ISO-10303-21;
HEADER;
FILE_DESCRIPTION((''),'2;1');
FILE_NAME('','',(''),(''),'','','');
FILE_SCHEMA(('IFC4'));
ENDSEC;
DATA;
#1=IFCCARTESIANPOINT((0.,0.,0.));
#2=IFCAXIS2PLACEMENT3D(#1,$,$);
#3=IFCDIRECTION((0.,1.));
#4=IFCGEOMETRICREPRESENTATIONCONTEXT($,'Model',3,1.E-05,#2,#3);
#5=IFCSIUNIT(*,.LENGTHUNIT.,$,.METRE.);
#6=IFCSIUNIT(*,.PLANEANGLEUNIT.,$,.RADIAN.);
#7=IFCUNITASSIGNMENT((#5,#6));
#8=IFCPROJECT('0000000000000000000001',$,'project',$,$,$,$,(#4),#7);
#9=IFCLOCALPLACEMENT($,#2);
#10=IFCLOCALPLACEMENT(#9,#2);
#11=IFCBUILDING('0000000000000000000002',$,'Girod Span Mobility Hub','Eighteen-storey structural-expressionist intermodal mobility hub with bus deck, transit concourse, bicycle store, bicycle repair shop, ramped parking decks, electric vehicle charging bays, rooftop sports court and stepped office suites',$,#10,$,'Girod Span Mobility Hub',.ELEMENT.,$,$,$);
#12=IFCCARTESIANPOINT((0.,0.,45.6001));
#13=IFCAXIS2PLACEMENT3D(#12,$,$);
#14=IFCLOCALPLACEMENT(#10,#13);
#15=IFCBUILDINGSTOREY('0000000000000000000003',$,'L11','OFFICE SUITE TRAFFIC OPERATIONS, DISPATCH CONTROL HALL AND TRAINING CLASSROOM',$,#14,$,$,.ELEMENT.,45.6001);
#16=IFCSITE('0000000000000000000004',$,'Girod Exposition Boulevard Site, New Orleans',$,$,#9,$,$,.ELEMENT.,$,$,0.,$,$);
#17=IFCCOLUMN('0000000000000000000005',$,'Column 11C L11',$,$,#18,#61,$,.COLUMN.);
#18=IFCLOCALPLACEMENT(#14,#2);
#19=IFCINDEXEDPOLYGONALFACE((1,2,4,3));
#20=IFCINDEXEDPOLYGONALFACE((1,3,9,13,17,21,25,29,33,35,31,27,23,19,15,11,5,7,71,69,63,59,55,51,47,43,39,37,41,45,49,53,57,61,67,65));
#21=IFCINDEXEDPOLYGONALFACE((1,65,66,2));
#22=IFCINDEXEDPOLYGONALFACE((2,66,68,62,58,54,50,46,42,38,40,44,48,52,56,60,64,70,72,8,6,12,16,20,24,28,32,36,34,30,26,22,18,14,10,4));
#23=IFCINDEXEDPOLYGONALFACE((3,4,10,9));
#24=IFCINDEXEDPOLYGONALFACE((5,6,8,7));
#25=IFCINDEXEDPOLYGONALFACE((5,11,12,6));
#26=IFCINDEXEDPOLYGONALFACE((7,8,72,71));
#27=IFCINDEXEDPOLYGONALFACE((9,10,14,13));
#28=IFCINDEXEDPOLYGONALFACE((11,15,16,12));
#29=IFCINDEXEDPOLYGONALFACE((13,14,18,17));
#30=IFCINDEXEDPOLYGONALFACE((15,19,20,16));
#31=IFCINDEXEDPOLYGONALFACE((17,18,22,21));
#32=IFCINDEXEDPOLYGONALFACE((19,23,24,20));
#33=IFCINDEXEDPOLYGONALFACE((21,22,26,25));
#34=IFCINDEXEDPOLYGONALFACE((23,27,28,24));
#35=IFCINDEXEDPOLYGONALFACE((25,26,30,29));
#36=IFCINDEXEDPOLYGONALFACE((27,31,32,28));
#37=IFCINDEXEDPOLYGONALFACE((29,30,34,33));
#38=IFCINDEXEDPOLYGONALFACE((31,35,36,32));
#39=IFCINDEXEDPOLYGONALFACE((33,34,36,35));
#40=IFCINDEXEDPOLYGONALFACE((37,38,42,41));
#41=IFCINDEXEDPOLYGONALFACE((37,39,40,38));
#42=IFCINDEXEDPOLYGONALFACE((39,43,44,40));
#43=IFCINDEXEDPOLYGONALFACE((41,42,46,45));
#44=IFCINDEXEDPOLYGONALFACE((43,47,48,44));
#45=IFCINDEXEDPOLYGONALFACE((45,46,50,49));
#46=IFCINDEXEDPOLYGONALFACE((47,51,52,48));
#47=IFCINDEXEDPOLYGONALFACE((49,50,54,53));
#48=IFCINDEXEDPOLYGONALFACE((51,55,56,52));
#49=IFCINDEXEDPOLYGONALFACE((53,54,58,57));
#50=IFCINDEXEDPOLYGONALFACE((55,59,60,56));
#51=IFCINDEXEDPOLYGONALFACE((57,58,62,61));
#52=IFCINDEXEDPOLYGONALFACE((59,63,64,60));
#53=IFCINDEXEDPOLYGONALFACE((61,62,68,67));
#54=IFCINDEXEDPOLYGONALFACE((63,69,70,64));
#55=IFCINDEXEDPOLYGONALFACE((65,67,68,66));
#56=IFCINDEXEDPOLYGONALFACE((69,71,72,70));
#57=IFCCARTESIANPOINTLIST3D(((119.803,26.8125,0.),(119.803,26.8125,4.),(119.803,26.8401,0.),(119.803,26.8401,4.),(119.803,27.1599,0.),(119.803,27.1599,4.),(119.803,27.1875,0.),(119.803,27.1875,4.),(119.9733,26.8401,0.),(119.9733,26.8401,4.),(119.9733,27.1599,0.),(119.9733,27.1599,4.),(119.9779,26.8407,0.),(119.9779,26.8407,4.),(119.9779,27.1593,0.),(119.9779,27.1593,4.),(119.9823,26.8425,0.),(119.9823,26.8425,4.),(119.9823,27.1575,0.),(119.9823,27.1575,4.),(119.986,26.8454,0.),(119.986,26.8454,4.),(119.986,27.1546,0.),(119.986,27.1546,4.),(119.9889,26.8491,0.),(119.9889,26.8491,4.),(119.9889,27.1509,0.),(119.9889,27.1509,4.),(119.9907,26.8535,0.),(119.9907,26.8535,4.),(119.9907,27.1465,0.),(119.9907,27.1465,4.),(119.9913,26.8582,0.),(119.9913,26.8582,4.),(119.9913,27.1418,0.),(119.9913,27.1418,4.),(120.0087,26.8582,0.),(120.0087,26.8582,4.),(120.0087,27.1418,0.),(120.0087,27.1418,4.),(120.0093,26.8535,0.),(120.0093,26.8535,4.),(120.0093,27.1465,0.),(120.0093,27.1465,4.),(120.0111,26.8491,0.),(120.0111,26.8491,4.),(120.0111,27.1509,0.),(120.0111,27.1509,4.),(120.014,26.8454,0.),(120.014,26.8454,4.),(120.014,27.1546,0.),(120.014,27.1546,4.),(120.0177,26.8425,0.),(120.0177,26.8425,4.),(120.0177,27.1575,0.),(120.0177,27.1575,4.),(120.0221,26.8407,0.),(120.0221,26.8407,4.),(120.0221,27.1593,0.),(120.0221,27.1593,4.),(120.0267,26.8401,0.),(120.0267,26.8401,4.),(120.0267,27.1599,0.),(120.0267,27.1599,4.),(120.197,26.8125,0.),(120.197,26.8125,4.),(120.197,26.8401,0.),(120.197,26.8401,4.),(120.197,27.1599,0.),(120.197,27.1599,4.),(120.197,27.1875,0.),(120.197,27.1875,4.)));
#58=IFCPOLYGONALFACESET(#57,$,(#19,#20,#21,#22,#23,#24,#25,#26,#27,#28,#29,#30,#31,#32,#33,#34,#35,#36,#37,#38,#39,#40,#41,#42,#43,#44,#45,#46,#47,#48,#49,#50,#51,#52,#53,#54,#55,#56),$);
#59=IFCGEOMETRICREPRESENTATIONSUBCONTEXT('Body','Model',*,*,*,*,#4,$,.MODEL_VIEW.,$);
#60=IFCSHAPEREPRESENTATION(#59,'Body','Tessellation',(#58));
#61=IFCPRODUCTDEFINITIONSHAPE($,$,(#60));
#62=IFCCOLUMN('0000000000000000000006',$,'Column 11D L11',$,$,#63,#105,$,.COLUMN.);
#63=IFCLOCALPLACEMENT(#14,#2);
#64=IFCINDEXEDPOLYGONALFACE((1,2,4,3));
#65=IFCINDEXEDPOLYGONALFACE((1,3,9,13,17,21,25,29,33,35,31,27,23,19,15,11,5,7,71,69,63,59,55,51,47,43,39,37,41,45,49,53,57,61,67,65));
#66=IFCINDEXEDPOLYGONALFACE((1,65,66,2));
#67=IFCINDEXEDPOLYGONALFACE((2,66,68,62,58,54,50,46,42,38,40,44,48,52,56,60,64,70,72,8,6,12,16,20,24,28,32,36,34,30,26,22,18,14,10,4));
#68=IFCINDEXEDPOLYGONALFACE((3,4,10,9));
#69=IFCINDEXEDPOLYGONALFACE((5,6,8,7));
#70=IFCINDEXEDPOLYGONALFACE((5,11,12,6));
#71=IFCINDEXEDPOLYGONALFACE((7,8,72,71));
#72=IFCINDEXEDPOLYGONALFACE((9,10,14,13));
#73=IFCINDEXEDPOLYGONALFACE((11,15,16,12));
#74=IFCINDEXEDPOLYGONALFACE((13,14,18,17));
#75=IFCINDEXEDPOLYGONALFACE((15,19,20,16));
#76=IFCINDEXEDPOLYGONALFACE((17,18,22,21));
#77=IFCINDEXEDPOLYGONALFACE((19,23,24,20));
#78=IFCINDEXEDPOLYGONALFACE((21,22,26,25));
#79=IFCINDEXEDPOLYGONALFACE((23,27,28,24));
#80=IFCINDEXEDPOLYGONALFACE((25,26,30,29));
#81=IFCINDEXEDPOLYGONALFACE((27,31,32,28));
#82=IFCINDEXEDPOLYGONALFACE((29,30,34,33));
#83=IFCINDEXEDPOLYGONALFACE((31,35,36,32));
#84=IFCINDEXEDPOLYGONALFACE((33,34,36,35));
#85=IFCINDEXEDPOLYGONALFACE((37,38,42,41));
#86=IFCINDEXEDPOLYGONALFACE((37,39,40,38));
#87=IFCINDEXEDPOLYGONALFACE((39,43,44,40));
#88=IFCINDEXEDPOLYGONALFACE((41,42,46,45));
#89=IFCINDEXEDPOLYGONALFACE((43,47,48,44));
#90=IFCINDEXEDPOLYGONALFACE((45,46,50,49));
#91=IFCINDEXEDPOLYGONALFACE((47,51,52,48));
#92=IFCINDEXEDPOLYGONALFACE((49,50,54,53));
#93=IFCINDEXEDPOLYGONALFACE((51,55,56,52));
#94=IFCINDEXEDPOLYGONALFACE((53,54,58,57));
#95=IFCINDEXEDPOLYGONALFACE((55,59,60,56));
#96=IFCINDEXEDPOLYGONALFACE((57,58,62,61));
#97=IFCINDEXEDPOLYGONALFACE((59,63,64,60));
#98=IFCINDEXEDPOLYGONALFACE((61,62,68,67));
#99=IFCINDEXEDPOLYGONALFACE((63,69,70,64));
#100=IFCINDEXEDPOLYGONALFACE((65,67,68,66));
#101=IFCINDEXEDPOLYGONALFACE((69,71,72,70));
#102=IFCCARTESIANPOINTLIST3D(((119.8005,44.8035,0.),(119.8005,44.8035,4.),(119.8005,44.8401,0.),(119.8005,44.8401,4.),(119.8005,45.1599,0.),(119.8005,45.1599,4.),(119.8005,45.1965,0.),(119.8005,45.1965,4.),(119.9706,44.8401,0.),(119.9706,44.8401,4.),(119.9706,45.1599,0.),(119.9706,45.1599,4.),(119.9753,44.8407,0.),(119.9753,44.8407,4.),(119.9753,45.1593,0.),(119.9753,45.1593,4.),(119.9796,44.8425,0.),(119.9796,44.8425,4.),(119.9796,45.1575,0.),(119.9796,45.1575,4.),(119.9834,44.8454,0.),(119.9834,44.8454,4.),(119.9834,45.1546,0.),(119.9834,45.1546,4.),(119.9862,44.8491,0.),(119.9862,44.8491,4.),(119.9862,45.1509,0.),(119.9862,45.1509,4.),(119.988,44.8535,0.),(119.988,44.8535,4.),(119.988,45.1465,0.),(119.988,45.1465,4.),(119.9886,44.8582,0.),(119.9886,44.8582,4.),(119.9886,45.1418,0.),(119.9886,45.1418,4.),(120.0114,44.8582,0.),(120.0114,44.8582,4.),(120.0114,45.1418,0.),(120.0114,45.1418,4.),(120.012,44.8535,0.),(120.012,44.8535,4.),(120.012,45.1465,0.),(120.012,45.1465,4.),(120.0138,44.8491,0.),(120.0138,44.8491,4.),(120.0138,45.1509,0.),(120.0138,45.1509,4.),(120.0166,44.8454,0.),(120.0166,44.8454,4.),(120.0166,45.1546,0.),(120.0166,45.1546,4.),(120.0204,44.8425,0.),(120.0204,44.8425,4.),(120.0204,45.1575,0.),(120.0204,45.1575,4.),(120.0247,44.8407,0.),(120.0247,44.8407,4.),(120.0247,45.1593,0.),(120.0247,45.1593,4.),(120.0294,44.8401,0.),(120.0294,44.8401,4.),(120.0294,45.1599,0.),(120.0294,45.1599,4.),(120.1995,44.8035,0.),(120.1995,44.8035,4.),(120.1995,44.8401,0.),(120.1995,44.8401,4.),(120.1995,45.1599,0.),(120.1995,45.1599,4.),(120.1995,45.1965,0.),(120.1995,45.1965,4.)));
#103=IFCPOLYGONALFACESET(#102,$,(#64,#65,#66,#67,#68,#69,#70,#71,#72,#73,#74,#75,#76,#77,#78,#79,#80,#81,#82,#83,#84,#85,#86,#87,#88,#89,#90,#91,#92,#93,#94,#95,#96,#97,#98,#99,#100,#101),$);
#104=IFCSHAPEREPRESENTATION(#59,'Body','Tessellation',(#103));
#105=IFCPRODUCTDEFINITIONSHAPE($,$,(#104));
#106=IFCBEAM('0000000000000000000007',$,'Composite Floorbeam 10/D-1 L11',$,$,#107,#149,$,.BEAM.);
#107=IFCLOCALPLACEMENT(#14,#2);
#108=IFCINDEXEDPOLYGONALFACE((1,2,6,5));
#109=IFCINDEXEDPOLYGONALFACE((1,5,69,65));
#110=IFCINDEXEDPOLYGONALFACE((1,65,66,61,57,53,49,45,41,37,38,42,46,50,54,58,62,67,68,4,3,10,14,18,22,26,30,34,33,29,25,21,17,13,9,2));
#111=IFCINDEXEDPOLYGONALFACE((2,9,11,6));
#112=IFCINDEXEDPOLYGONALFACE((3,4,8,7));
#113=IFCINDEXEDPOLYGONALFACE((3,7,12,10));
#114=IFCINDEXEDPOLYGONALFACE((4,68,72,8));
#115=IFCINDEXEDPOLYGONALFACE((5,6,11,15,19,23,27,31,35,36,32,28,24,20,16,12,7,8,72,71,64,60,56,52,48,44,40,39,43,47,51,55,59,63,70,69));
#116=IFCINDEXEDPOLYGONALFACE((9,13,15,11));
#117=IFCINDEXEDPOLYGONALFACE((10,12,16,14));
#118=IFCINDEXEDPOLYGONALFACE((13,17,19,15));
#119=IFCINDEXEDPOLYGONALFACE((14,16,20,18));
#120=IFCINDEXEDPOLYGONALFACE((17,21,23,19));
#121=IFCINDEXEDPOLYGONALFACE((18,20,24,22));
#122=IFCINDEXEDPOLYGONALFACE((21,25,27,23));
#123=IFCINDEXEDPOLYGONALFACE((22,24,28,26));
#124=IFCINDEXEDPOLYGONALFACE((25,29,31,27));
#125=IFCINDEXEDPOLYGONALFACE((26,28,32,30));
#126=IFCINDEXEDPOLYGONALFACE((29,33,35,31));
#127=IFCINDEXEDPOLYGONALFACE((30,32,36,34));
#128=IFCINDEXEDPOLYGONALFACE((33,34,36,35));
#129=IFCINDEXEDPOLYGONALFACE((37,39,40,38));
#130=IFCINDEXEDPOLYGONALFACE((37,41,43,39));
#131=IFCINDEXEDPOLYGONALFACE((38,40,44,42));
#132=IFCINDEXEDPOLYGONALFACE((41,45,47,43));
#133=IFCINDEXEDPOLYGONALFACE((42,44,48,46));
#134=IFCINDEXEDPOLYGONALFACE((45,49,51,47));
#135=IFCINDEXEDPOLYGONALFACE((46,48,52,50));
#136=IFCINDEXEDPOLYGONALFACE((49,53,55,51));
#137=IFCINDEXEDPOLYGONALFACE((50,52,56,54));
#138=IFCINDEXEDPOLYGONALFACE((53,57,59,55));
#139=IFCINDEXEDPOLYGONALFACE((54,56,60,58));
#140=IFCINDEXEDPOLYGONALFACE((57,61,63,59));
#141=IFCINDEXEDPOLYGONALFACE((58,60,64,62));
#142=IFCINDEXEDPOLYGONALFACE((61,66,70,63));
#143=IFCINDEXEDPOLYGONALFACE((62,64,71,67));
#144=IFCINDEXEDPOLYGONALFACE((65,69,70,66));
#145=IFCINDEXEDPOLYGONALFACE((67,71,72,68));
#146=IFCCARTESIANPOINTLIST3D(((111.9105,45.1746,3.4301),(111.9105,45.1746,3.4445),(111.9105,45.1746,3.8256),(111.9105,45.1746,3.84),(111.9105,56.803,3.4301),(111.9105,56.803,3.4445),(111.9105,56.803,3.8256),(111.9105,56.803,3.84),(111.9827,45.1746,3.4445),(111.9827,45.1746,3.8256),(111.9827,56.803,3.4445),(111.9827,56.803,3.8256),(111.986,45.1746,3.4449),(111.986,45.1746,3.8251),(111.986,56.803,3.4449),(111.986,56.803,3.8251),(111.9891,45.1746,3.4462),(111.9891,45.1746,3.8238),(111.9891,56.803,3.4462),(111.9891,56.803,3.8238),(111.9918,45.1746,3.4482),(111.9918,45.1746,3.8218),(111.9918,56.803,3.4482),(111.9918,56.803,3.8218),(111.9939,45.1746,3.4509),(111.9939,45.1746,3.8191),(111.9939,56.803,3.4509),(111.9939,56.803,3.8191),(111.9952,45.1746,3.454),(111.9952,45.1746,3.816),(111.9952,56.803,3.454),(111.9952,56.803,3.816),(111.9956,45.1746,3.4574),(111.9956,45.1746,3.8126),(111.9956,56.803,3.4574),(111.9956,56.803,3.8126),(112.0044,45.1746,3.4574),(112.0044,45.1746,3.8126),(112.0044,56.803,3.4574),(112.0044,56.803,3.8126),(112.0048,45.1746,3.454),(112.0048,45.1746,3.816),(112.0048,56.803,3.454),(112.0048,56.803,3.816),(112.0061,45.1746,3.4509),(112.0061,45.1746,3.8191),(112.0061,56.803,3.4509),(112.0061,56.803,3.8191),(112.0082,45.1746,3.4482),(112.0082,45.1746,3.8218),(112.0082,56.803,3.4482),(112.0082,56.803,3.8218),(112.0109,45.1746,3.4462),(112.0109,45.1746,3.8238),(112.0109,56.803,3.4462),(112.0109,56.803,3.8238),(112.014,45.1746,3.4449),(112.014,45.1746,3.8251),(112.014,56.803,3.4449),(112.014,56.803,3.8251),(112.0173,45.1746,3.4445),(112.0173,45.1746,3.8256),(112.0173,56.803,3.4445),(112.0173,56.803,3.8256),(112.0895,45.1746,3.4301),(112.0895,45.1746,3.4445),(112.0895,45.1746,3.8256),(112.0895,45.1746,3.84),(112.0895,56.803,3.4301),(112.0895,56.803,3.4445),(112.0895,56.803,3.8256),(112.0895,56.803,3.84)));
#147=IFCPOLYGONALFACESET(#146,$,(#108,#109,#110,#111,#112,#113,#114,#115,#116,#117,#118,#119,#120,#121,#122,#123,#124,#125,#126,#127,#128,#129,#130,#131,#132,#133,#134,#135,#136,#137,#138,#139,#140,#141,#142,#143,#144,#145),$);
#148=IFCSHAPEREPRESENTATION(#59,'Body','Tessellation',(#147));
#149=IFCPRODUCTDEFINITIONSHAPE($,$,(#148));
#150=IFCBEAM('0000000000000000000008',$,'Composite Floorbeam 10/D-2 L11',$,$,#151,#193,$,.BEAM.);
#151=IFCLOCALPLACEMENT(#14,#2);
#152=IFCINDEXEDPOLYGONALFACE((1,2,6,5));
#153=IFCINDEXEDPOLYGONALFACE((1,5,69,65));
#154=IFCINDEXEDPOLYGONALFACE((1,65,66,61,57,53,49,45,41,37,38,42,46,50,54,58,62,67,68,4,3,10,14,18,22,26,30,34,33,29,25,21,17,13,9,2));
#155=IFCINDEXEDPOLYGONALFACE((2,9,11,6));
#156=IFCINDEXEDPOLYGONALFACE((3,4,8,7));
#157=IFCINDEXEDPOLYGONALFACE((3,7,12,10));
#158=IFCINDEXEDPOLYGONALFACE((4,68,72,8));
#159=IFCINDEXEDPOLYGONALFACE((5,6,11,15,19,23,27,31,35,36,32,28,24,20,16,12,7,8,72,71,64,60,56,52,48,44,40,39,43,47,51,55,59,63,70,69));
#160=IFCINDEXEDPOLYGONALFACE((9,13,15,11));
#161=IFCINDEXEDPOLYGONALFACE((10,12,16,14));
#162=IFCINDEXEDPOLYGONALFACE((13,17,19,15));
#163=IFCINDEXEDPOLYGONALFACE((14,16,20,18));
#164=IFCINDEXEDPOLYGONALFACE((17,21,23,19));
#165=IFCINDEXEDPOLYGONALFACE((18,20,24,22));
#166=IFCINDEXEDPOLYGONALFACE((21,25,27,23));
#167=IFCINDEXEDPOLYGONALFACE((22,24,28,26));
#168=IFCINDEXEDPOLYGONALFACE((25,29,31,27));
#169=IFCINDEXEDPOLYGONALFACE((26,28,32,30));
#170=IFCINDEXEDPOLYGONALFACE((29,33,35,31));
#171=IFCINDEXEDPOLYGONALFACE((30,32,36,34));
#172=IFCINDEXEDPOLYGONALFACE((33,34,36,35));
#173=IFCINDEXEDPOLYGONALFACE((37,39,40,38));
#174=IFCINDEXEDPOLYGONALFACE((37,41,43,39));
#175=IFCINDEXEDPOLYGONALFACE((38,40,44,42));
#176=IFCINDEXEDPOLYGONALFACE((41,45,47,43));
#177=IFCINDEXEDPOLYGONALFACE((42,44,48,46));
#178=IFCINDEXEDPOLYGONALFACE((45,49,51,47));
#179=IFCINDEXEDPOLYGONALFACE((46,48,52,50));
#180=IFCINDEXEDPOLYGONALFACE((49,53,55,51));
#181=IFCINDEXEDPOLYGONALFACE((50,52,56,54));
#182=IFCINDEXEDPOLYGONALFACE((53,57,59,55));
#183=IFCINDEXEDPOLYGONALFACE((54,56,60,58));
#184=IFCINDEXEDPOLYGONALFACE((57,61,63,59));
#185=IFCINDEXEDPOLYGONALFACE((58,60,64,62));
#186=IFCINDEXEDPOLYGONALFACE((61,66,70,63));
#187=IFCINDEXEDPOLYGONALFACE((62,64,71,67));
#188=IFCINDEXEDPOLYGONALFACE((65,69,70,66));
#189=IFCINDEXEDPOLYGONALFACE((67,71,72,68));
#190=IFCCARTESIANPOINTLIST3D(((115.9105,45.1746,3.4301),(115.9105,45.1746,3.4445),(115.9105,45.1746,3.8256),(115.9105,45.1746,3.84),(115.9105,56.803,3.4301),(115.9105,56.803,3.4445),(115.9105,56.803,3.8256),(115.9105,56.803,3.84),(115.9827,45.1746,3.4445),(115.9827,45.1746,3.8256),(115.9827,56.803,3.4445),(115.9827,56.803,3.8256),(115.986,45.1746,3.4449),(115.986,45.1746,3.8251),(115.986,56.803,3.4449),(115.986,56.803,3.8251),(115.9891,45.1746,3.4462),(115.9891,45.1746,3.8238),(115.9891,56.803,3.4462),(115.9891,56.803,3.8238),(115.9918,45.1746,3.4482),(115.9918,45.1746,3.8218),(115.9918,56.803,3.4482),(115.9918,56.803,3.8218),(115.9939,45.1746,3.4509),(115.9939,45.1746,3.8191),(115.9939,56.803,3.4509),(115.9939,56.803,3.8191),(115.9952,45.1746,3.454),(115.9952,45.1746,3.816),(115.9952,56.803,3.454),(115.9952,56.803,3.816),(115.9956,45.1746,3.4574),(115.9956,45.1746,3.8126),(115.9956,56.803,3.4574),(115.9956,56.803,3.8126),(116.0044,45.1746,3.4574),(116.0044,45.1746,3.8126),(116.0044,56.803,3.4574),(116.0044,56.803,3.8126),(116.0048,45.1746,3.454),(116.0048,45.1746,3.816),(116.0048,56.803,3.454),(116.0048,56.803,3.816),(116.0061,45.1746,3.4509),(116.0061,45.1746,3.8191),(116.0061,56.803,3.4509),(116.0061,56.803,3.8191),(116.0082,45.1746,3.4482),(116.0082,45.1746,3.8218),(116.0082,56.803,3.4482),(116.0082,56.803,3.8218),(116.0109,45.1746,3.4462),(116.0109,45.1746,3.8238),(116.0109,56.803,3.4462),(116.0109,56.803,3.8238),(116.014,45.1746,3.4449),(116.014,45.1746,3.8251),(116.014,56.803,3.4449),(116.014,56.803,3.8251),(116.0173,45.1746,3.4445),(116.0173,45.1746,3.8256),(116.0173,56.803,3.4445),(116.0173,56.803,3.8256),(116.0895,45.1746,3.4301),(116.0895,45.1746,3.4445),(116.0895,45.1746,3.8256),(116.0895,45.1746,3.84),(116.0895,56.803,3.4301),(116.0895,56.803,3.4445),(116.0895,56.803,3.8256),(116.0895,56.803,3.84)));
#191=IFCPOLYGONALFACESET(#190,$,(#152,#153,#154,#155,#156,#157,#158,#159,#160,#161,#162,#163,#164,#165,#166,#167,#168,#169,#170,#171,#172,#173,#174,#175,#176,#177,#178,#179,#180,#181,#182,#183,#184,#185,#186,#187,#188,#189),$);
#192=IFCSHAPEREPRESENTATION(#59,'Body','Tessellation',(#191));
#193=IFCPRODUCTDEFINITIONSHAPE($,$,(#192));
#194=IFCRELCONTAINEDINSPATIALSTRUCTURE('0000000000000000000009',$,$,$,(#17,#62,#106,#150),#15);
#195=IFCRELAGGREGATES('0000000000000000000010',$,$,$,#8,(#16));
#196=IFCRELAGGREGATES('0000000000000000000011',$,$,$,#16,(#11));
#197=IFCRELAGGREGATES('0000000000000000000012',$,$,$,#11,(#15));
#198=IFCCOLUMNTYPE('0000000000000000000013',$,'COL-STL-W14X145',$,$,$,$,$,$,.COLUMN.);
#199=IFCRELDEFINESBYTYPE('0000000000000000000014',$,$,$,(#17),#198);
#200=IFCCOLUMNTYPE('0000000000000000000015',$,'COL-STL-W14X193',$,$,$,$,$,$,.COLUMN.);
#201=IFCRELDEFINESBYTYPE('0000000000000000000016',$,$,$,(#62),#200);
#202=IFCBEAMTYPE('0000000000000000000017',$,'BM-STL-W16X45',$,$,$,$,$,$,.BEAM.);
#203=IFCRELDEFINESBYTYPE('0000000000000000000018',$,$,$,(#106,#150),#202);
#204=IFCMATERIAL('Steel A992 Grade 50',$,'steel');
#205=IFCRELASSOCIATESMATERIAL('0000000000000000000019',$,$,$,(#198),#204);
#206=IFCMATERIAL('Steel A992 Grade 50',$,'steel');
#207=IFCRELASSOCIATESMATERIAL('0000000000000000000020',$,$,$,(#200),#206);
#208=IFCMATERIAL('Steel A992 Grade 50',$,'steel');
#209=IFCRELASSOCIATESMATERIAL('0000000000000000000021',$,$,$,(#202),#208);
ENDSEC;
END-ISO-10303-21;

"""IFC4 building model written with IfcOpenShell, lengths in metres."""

from ifc_helpers import new_model, si_unit, direction, frame, origin, origin_2d, place, context, subcontext, project, spatial, i_section, extrude, material, material_profile, profile_set, type_object, element, save


model = new_model("IFC4")

# Units and contexts
model_context = context("Model", 3, precision=1e-05, world=origin(), true_north=direction((0.0, 1.0)))
body_context = subcontext(model_context, "Body", "Model", "MODEL_VIEW")
ifc_project = project(units=[si_unit("LENGTHUNIT", "METRE"), si_unit("PLANEANGLEUNIT", "RADIAN")], contexts=[model_context])

# Site, building, storey
site_placement = place(None, origin())
site = spatial("IfcSite", under=ifc_project, at=site_placement, Name="Girod Exposition Boulevard Site, New Orleans", CompositionType="ELEMENT", RefElevation=0.0)
building_placement = place(site_placement, origin())
building = spatial("IfcBuilding", under=site, at=building_placement, Name="Girod Span Mobility Hub", Description="Eighteen-storey structural-expressionist intermodal mobility hub with bus deck, transit concourse, bicycle store, bicycle repair shop, ramped parking decks, electric vehicle charging bays, rooftop sports court and stepped office suites", LongName="Girod Span Mobility Hub", CompositionType="ELEMENT")
storey_placement = place(building_placement, frame((0.0, 0.0, 45.6001)))
storey = spatial("IfcBuildingStorey", under=building, at=storey_placement, Name="L11", Description="OFFICE SUITE TRAFFIC OPERATIONS, DISPATCH CONTROL HALL AND TRAINING CLASSROOM", CompositionType="ELEMENT", Elevation=45.6001)

# Columns
ifc_material_1 = material(Name="Steel A992 Grade 50", Category="steel")
ifc_material_profile_1 = material_profile(ifc_material_1, i_section(OverallWidth=0.394, OverallDepth=0.375, WebThickness=0.0173, FlangeThickness=0.0276, FilletRadius=0.0181, at=origin_2d()), Name="W14X145")
ifc_profile_set_1 = profile_set([ifc_material_profile_1], Name="Steel A992 Grade 50")
column_type_1 = type_object("IfcColumnType", Name="COL-STL-W14X145", PredefinedType="COLUMN", material=ifc_profile_set_1)
column_1_placement = place(storey_placement, frame((120.0, 27.0, 0.0), z_axis=(0.0, 0.0, 1.0), x_axis=(1.0, 0.0, 0.0)))
element("IfcColumn", 1, at=column_1_placement, inside=storey, type_object=column_type_1, Name="Column 11C L11", PredefinedType="COLUMN", context=body_context, shape_type="SweptSolid", body=[
    extrude(i_section(OverallWidth=0.394, OverallDepth=0.375, WebThickness=0.0173, FlangeThickness=0.0276, FilletRadius=0.0181, at=origin_2d()), origin(), (0.0, 0.0, 1.0), 4.0),
])
ifc_material_2 = material(Name="Steel A992 Grade 50", Category="steel")
ifc_material_profile_2 = material_profile(ifc_material_2, i_section(OverallWidth=0.3989, OverallDepth=0.3931, WebThickness=0.0227, FlangeThickness=0.0366, FilletRadius=0.0181, at=origin_2d()), Name="W14X193")
ifc_profile_set_2 = profile_set([ifc_material_profile_2], Name="Steel A992 Grade 50")
column_type_2 = type_object("IfcColumnType", Name="COL-STL-W14X193", PredefinedType="COLUMN", material=ifc_profile_set_2)
column_2_placement = place(storey_placement, frame((120.0, 45.0, 0.0), z_axis=(0.0, 0.0, 1.0), x_axis=(1.0, 0.0, 0.0)))
element("IfcColumn", 2, at=column_2_placement, inside=storey, type_object=column_type_2, Name="Column 11D L11", PredefinedType="COLUMN", context=body_context, shape_type="SweptSolid", body=[
    extrude(i_section(OverallWidth=0.3989, OverallDepth=0.3931, WebThickness=0.0227, FlangeThickness=0.0366, FilletRadius=0.0181, at=origin_2d()), origin(), (0.0, 0.0, 1.0), 4.0),
])

# Beams
ifc_material_3 = material(Name="Steel A992 Grade 50", Category="steel")
ifc_material_profile_3 = material_profile(ifc_material_3, i_section(OverallWidth=0.179, OverallDepth=0.4099, WebThickness=0.0088, FlangeThickness=0.0144, FilletRadius=0.0129, at=origin_2d()), Name="W16X45")
ifc_profile_set_3 = profile_set([ifc_material_profile_3], Name="Steel A992 Grade 50")
beam_type_1 = type_object("IfcBeamType", Name="BM-STL-W16X45", PredefinedType="BEAM", material=ifc_profile_set_3)
for number, where, z_axis, x_axis, name in (
    (3, (112.0, 45.1746, 3.635), (0.0, 1.0, 0.0), (-1.0, 0.0, 0.0), "Composite Floorbeam 10/D-1 L11"),
    (4, (116.0, 45.1746, 3.635), (0.0, 1.0, 0.0), (-1.0, 0.0, 0.0), "Composite Floorbeam 10/D-2 L11"),
):
    element("IfcBeam", number, at=place(storey_placement, frame(where, z_axis=z_axis, x_axis=x_axis)), inside=storey, type_object=beam_type_1, Name=name, PredefinedType="BEAM", context=body_context, shape_type="SweptSolid", body=[
        extrude(i_section(OverallWidth=0.179, OverallDepth=0.4099, WebThickness=0.0088, FlangeThickness=0.0144, FilletRadius=0.0129, at=origin_2d()), origin(), (0.0, 0.0, 1.0), 11.6284),
    ])

save(model, "model.ifc")
